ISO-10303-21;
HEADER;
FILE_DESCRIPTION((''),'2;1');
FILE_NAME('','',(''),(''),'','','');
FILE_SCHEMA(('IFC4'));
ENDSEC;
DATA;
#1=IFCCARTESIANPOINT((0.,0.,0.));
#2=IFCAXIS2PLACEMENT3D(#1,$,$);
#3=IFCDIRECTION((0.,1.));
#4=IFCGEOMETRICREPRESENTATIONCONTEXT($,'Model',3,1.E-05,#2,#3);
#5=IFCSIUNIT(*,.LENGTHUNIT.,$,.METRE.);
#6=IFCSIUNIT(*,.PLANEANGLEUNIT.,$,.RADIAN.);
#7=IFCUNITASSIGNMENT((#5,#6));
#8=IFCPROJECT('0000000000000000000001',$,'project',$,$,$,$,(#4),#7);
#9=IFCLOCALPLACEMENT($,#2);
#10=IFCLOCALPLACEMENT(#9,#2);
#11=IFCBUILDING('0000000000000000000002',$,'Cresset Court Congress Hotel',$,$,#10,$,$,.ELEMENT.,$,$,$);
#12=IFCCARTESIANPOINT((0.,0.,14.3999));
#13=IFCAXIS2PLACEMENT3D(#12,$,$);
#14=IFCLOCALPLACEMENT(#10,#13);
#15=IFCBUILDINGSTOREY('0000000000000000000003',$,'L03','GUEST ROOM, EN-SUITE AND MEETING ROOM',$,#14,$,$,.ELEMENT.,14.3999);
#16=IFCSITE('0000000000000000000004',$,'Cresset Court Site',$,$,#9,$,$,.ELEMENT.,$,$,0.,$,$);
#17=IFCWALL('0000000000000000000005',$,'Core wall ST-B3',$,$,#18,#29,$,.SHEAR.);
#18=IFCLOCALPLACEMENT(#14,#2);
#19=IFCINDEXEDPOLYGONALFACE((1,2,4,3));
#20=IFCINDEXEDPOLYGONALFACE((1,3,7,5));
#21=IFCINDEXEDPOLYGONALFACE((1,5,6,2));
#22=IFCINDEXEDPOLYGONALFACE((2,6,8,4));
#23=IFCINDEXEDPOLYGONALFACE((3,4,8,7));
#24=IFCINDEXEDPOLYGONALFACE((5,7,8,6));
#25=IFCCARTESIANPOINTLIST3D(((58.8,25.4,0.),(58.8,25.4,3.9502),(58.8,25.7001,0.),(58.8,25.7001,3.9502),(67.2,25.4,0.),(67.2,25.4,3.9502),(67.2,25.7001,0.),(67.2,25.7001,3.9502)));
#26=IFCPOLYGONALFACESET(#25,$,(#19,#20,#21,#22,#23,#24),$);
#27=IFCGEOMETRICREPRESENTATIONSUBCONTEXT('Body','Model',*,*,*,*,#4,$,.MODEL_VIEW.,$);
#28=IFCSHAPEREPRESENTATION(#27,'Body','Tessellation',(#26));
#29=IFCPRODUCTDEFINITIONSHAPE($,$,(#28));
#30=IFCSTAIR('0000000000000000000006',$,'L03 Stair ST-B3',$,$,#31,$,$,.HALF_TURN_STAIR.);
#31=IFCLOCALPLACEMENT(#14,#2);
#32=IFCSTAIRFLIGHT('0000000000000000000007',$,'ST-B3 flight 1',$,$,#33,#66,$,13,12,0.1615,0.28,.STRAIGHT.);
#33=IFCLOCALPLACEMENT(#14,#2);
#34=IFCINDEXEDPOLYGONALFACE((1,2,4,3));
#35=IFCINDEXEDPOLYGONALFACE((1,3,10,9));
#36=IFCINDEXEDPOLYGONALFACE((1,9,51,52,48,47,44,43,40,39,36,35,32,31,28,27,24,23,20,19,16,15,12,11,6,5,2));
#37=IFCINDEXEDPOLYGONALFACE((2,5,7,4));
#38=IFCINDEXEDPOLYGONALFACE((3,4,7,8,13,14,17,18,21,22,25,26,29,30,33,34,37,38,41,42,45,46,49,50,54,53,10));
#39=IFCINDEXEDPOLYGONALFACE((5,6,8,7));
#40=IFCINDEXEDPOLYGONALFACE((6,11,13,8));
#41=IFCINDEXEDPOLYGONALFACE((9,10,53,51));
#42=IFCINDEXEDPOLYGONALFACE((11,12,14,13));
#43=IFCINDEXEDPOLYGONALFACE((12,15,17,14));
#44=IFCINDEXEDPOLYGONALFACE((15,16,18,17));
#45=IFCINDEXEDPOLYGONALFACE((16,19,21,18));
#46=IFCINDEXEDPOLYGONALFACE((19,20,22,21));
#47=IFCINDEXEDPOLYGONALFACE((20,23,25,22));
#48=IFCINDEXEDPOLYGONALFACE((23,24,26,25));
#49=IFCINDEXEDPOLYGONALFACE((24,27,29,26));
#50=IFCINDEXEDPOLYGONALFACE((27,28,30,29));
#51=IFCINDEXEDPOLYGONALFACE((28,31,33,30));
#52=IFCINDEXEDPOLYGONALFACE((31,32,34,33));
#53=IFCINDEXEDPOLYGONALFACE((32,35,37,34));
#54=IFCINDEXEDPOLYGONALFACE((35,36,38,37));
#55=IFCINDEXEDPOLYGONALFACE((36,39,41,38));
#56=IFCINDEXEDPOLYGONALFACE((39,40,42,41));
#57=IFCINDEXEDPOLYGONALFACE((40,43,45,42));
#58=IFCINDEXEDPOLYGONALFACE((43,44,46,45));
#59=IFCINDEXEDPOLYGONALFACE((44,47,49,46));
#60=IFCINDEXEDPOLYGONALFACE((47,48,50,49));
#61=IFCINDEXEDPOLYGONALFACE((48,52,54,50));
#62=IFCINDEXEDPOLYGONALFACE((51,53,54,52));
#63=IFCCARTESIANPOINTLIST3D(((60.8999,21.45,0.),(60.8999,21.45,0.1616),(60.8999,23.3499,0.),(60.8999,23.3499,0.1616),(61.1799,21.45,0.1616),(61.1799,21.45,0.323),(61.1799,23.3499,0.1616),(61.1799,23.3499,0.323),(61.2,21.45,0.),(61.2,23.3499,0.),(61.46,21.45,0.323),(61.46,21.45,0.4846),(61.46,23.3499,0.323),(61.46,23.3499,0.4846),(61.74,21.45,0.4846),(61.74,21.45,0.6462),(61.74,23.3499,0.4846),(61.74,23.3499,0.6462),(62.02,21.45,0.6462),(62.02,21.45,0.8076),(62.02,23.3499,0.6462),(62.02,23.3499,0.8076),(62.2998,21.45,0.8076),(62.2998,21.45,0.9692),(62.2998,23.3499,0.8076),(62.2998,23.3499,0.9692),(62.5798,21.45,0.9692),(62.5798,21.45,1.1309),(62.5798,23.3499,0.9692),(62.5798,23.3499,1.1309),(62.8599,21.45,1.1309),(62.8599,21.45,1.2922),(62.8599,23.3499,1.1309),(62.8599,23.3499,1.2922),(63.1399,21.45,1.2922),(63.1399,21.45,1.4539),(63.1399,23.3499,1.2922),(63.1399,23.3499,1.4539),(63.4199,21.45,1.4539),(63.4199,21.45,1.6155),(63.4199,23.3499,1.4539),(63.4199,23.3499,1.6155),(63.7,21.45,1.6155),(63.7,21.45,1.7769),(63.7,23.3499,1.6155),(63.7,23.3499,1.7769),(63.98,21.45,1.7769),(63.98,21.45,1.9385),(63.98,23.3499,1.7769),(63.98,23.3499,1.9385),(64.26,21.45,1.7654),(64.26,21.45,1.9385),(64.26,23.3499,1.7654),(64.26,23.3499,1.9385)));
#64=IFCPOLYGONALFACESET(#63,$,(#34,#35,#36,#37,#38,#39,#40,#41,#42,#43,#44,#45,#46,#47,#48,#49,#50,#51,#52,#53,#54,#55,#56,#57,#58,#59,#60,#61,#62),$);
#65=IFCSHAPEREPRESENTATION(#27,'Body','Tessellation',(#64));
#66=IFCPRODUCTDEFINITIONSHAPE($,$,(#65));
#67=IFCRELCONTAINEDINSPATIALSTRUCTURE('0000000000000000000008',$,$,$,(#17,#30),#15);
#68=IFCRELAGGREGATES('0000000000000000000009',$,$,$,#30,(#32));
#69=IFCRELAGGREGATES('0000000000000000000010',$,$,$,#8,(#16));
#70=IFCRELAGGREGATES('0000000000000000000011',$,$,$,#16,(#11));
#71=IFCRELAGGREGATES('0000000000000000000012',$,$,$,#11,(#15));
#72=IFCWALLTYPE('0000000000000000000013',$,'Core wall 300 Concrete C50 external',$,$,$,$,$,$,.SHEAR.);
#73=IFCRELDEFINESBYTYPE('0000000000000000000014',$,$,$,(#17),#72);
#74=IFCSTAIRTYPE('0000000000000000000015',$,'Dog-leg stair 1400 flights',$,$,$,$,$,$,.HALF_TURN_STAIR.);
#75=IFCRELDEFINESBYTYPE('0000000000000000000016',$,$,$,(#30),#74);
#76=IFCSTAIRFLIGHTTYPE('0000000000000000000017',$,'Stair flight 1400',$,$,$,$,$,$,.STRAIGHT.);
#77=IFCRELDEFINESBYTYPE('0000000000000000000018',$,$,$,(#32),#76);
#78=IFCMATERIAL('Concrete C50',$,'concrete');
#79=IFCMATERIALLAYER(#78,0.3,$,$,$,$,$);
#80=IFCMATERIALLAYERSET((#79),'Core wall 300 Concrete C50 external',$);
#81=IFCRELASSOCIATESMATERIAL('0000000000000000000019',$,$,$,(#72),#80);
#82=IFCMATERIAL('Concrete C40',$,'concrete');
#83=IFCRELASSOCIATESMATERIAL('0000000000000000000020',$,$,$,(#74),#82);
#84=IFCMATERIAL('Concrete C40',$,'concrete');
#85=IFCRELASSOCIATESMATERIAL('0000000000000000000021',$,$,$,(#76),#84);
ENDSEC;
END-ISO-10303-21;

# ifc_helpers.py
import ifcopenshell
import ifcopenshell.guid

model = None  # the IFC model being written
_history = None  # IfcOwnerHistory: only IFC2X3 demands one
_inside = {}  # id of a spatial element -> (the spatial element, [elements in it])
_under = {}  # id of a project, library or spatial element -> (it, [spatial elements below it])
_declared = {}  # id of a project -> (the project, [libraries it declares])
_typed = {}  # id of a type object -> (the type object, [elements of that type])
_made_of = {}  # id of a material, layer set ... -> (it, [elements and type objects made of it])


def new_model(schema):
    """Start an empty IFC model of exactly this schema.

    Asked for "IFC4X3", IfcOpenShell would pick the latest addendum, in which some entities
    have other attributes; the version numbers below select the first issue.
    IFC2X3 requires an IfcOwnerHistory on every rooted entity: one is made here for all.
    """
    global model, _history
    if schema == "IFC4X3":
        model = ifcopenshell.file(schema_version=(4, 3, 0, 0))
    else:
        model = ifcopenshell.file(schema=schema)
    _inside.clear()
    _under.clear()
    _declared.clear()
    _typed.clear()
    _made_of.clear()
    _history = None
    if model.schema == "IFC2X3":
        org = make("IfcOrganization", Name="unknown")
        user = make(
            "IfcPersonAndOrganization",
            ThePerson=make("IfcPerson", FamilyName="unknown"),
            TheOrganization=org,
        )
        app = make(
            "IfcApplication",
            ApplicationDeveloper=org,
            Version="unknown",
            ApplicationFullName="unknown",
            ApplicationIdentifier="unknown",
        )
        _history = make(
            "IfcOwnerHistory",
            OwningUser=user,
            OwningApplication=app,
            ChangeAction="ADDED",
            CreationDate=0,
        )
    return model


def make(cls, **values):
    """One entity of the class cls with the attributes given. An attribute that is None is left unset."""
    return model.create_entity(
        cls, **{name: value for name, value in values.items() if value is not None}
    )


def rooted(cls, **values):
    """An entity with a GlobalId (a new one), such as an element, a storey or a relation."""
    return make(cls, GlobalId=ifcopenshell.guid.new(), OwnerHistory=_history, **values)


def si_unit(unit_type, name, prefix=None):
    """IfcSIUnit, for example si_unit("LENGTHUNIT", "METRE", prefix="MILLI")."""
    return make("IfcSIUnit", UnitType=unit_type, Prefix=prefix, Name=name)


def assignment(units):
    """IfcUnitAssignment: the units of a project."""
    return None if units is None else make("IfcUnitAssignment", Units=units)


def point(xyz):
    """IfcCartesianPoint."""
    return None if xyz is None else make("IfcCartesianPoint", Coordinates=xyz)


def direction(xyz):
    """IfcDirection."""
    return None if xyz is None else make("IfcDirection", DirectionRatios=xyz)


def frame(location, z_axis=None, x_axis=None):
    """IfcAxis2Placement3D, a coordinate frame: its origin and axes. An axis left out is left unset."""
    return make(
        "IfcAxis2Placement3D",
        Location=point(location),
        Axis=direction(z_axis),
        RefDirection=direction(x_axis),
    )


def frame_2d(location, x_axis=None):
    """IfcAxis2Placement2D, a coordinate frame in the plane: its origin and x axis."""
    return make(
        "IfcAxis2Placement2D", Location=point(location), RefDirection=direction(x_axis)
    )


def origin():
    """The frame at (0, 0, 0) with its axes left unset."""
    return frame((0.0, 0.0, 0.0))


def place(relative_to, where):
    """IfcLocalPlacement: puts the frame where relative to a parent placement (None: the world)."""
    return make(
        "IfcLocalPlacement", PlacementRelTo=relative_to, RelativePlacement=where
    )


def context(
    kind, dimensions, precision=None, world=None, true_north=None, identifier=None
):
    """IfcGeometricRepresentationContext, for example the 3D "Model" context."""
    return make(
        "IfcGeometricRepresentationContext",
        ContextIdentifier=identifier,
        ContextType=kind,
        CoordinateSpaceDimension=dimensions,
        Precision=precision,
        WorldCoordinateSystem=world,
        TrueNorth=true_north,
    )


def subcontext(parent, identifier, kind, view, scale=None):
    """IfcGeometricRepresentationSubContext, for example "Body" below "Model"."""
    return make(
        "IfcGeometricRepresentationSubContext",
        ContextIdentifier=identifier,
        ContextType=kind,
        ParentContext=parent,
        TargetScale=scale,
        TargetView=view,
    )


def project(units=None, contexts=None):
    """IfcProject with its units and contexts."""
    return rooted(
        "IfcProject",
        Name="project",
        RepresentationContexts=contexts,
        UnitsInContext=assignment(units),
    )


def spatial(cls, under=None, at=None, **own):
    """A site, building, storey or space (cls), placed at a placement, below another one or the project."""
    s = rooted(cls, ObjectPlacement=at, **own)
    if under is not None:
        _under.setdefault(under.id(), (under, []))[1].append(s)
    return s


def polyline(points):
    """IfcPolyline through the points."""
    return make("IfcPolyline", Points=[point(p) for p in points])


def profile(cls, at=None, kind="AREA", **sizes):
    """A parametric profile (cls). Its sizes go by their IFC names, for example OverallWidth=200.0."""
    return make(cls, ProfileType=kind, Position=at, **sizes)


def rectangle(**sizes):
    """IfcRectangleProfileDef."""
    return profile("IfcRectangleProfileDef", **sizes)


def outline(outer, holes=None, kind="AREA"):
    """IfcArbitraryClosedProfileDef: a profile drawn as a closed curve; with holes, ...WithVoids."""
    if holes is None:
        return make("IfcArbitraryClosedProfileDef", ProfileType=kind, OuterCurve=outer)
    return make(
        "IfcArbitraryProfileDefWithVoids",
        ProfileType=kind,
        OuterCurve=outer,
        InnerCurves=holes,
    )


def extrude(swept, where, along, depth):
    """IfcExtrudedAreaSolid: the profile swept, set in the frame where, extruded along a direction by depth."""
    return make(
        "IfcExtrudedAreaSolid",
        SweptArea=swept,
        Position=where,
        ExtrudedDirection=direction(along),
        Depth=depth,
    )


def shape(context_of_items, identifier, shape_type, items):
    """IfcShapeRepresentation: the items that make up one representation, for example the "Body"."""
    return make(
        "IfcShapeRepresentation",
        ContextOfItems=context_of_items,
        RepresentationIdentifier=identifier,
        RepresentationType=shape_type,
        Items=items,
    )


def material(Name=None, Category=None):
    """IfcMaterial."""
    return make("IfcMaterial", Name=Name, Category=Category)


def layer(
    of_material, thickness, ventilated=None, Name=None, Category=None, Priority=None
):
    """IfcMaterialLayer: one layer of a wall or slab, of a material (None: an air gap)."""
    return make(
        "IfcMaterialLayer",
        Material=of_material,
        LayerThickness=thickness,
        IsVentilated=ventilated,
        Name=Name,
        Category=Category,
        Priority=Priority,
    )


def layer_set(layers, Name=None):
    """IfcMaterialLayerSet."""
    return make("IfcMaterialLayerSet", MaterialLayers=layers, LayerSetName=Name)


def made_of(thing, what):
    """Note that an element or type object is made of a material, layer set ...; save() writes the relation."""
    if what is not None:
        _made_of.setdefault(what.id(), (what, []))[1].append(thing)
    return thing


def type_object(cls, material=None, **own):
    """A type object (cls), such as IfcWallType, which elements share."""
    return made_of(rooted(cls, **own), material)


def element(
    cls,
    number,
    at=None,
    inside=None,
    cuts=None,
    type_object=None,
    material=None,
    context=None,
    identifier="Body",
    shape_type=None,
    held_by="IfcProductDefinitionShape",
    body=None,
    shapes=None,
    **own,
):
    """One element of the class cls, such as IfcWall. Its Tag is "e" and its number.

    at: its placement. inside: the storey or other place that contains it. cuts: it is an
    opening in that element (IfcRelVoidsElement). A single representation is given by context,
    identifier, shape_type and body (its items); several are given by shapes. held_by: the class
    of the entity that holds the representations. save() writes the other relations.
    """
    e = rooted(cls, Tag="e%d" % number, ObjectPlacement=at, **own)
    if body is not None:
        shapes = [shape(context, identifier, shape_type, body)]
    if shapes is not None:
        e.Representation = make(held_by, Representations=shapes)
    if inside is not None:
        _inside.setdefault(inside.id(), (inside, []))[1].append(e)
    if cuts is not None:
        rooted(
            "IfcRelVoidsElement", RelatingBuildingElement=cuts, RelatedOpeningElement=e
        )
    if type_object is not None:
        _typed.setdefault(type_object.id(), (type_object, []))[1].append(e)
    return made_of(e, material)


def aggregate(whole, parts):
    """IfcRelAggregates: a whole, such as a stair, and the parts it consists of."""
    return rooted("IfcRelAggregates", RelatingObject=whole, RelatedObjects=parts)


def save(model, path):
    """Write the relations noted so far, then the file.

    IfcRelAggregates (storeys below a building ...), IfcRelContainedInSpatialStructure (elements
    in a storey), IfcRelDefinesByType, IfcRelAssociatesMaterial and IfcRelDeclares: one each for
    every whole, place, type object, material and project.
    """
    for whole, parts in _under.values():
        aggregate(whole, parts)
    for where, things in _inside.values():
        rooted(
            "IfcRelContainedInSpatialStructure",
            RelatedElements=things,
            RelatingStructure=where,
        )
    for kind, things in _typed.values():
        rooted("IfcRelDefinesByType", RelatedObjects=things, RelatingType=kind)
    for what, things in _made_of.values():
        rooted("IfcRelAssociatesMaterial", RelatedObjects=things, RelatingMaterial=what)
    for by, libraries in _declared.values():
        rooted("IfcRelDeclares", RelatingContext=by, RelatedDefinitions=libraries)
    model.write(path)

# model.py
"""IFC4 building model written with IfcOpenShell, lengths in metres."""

from ifc_helpers import new_model, si_unit, direction, frame, frame_2d, origin, place, context, subcontext, project, spatial, polyline, rectangle, outline, extrude, material, layer, layer_set, type_object, element, aggregate, save


model = new_model("IFC4")

# Units and contexts
model_context = context("Model", 3, precision=1e-05, world=origin(), true_north=direction((0.0, 1.0)))
body_context = subcontext(model_context, "Body", "Model", "MODEL_VIEW")
ifc_project = project(units=[si_unit("LENGTHUNIT", "METRE"), si_unit("PLANEANGLEUNIT", "RADIAN")], contexts=[model_context])

# Site, building, storey
site_placement = place(None, origin())
site = spatial("IfcSite", under=ifc_project, at=site_placement, Name="Cresset Court Site", CompositionType="ELEMENT", RefElevation=0.0)
building_placement = place(site_placement, origin())
building = spatial("IfcBuilding", under=site, at=building_placement, Name="Cresset Court Congress Hotel", CompositionType="ELEMENT")
storey_placement = place(building_placement, frame((0.0, 0.0, 14.3999)))
storey = spatial("IfcBuildingStorey", under=building, at=storey_placement, Name="L03", Description="GUEST ROOM, EN-SUITE AND MEETING ROOM", CompositionType="ELEMENT", Elevation=14.3999)

# Wall
ifc_material_1 = material(Name="Concrete C50", Category="concrete")
ifc_layer_1 = layer(ifc_material_1, 0.3)
ifc_layer_set_1 = layer_set([ifc_layer_1], Name="Core wall 300 Concrete C50 external")
wall_type_1 = type_object("IfcWallType", Name="Core wall 300 Concrete C50 external", PredefinedType="SHEAR", material=ifc_layer_set_1)
wall_1_placement = place(storey_placement, frame((58.8, 25.55, 0.0), z_axis=(0.0, 0.0, 1.0), x_axis=(1.0, 0.0, 0.0)))
element("IfcWall", 1, at=wall_1_placement, inside=storey, type_object=wall_type_1, Name="Core wall ST-B3", PredefinedType="SHEAR", context=body_context, shape_type="SweptSolid", body=[
    extrude(rectangle(XDim=8.3999, YDim=0.3, at=frame_2d((4.2, 0.0))), origin(), (0.0, 0.0, 1.0), 3.9502),
])

# Stair, stair flight
ifc_material_2 = material(Name="Concrete C40", Category="concrete")
stair_type = type_object("IfcStairType", Name="Dog-leg stair 1400 flights", PredefinedType="HALF_TURN_STAIR", material=ifc_material_2)
stair_placement = place(storey_placement, origin())
stair = element("IfcStair", 2, at=stair_placement, inside=storey, type_object=stair_type, Name="L03 Stair ST-B3", PredefinedType="HALF_TURN_STAIR")
ifc_material_3 = material(Name="Concrete C40", Category="concrete")
stair_flight_type = type_object("IfcStairFlightType", Name="Stair flight 1400", PredefinedType="STRAIGHT", material=ifc_material_3)
stair_flight_placement = place(storey_placement, frame((60.8999, 22.3999, 0.0), z_axis=(0.0, 0.0, 1.0), x_axis=(1.0, 0.0, 0.0)))
stair_flight = element("IfcStairFlight", 3, at=stair_flight_placement, type_object=stair_flight_type, Name="ST-B3 flight 1", NumberOfRisers=13, NumberOfTreads=12, PredefinedType="STRAIGHT", RiserHeight=0.1615, TreadLength=0.28, context=body_context, shape_type="SweptSolid", body=[
    extrude(outline(polyline([(0.0, 0.0), (0.0, 0.1616), (0.28, 0.1616), (0.28, 0.323), (0.5601, 0.323), (0.5601, 0.4846), (0.8401, 0.4846), (0.8401, 0.6462), (1.1201, 0.6462), (1.1201, 0.8076), (1.3999, 0.8076), (1.3999, 0.9692), (1.6799, 0.9692), (1.6799, 1.1309), (1.96, 1.1309), (1.96, 1.2922), (2.24, 1.2922), (2.24, 1.4539), (2.52, 1.4539), (2.52, 1.6155), (2.8, 1.6155), (2.8, 1.7769), (3.0801, 1.7769), (3.0801, 1.9385), (3.3601, 1.9385), (3.3601, 2.1001), (3.3601, 1.7654), (0.3, 0.0), (0.0, 0.0)])), frame((0.0, 0.95, 0.0), z_axis=(0.0, -1.0, 0.0), x_axis=(1.0, 0.0, 0.0)), (0.0, 0.0, 1.0), 1.8999),
])
aggregate(stair, [stair_flight])

save(model, "model.ifc")
